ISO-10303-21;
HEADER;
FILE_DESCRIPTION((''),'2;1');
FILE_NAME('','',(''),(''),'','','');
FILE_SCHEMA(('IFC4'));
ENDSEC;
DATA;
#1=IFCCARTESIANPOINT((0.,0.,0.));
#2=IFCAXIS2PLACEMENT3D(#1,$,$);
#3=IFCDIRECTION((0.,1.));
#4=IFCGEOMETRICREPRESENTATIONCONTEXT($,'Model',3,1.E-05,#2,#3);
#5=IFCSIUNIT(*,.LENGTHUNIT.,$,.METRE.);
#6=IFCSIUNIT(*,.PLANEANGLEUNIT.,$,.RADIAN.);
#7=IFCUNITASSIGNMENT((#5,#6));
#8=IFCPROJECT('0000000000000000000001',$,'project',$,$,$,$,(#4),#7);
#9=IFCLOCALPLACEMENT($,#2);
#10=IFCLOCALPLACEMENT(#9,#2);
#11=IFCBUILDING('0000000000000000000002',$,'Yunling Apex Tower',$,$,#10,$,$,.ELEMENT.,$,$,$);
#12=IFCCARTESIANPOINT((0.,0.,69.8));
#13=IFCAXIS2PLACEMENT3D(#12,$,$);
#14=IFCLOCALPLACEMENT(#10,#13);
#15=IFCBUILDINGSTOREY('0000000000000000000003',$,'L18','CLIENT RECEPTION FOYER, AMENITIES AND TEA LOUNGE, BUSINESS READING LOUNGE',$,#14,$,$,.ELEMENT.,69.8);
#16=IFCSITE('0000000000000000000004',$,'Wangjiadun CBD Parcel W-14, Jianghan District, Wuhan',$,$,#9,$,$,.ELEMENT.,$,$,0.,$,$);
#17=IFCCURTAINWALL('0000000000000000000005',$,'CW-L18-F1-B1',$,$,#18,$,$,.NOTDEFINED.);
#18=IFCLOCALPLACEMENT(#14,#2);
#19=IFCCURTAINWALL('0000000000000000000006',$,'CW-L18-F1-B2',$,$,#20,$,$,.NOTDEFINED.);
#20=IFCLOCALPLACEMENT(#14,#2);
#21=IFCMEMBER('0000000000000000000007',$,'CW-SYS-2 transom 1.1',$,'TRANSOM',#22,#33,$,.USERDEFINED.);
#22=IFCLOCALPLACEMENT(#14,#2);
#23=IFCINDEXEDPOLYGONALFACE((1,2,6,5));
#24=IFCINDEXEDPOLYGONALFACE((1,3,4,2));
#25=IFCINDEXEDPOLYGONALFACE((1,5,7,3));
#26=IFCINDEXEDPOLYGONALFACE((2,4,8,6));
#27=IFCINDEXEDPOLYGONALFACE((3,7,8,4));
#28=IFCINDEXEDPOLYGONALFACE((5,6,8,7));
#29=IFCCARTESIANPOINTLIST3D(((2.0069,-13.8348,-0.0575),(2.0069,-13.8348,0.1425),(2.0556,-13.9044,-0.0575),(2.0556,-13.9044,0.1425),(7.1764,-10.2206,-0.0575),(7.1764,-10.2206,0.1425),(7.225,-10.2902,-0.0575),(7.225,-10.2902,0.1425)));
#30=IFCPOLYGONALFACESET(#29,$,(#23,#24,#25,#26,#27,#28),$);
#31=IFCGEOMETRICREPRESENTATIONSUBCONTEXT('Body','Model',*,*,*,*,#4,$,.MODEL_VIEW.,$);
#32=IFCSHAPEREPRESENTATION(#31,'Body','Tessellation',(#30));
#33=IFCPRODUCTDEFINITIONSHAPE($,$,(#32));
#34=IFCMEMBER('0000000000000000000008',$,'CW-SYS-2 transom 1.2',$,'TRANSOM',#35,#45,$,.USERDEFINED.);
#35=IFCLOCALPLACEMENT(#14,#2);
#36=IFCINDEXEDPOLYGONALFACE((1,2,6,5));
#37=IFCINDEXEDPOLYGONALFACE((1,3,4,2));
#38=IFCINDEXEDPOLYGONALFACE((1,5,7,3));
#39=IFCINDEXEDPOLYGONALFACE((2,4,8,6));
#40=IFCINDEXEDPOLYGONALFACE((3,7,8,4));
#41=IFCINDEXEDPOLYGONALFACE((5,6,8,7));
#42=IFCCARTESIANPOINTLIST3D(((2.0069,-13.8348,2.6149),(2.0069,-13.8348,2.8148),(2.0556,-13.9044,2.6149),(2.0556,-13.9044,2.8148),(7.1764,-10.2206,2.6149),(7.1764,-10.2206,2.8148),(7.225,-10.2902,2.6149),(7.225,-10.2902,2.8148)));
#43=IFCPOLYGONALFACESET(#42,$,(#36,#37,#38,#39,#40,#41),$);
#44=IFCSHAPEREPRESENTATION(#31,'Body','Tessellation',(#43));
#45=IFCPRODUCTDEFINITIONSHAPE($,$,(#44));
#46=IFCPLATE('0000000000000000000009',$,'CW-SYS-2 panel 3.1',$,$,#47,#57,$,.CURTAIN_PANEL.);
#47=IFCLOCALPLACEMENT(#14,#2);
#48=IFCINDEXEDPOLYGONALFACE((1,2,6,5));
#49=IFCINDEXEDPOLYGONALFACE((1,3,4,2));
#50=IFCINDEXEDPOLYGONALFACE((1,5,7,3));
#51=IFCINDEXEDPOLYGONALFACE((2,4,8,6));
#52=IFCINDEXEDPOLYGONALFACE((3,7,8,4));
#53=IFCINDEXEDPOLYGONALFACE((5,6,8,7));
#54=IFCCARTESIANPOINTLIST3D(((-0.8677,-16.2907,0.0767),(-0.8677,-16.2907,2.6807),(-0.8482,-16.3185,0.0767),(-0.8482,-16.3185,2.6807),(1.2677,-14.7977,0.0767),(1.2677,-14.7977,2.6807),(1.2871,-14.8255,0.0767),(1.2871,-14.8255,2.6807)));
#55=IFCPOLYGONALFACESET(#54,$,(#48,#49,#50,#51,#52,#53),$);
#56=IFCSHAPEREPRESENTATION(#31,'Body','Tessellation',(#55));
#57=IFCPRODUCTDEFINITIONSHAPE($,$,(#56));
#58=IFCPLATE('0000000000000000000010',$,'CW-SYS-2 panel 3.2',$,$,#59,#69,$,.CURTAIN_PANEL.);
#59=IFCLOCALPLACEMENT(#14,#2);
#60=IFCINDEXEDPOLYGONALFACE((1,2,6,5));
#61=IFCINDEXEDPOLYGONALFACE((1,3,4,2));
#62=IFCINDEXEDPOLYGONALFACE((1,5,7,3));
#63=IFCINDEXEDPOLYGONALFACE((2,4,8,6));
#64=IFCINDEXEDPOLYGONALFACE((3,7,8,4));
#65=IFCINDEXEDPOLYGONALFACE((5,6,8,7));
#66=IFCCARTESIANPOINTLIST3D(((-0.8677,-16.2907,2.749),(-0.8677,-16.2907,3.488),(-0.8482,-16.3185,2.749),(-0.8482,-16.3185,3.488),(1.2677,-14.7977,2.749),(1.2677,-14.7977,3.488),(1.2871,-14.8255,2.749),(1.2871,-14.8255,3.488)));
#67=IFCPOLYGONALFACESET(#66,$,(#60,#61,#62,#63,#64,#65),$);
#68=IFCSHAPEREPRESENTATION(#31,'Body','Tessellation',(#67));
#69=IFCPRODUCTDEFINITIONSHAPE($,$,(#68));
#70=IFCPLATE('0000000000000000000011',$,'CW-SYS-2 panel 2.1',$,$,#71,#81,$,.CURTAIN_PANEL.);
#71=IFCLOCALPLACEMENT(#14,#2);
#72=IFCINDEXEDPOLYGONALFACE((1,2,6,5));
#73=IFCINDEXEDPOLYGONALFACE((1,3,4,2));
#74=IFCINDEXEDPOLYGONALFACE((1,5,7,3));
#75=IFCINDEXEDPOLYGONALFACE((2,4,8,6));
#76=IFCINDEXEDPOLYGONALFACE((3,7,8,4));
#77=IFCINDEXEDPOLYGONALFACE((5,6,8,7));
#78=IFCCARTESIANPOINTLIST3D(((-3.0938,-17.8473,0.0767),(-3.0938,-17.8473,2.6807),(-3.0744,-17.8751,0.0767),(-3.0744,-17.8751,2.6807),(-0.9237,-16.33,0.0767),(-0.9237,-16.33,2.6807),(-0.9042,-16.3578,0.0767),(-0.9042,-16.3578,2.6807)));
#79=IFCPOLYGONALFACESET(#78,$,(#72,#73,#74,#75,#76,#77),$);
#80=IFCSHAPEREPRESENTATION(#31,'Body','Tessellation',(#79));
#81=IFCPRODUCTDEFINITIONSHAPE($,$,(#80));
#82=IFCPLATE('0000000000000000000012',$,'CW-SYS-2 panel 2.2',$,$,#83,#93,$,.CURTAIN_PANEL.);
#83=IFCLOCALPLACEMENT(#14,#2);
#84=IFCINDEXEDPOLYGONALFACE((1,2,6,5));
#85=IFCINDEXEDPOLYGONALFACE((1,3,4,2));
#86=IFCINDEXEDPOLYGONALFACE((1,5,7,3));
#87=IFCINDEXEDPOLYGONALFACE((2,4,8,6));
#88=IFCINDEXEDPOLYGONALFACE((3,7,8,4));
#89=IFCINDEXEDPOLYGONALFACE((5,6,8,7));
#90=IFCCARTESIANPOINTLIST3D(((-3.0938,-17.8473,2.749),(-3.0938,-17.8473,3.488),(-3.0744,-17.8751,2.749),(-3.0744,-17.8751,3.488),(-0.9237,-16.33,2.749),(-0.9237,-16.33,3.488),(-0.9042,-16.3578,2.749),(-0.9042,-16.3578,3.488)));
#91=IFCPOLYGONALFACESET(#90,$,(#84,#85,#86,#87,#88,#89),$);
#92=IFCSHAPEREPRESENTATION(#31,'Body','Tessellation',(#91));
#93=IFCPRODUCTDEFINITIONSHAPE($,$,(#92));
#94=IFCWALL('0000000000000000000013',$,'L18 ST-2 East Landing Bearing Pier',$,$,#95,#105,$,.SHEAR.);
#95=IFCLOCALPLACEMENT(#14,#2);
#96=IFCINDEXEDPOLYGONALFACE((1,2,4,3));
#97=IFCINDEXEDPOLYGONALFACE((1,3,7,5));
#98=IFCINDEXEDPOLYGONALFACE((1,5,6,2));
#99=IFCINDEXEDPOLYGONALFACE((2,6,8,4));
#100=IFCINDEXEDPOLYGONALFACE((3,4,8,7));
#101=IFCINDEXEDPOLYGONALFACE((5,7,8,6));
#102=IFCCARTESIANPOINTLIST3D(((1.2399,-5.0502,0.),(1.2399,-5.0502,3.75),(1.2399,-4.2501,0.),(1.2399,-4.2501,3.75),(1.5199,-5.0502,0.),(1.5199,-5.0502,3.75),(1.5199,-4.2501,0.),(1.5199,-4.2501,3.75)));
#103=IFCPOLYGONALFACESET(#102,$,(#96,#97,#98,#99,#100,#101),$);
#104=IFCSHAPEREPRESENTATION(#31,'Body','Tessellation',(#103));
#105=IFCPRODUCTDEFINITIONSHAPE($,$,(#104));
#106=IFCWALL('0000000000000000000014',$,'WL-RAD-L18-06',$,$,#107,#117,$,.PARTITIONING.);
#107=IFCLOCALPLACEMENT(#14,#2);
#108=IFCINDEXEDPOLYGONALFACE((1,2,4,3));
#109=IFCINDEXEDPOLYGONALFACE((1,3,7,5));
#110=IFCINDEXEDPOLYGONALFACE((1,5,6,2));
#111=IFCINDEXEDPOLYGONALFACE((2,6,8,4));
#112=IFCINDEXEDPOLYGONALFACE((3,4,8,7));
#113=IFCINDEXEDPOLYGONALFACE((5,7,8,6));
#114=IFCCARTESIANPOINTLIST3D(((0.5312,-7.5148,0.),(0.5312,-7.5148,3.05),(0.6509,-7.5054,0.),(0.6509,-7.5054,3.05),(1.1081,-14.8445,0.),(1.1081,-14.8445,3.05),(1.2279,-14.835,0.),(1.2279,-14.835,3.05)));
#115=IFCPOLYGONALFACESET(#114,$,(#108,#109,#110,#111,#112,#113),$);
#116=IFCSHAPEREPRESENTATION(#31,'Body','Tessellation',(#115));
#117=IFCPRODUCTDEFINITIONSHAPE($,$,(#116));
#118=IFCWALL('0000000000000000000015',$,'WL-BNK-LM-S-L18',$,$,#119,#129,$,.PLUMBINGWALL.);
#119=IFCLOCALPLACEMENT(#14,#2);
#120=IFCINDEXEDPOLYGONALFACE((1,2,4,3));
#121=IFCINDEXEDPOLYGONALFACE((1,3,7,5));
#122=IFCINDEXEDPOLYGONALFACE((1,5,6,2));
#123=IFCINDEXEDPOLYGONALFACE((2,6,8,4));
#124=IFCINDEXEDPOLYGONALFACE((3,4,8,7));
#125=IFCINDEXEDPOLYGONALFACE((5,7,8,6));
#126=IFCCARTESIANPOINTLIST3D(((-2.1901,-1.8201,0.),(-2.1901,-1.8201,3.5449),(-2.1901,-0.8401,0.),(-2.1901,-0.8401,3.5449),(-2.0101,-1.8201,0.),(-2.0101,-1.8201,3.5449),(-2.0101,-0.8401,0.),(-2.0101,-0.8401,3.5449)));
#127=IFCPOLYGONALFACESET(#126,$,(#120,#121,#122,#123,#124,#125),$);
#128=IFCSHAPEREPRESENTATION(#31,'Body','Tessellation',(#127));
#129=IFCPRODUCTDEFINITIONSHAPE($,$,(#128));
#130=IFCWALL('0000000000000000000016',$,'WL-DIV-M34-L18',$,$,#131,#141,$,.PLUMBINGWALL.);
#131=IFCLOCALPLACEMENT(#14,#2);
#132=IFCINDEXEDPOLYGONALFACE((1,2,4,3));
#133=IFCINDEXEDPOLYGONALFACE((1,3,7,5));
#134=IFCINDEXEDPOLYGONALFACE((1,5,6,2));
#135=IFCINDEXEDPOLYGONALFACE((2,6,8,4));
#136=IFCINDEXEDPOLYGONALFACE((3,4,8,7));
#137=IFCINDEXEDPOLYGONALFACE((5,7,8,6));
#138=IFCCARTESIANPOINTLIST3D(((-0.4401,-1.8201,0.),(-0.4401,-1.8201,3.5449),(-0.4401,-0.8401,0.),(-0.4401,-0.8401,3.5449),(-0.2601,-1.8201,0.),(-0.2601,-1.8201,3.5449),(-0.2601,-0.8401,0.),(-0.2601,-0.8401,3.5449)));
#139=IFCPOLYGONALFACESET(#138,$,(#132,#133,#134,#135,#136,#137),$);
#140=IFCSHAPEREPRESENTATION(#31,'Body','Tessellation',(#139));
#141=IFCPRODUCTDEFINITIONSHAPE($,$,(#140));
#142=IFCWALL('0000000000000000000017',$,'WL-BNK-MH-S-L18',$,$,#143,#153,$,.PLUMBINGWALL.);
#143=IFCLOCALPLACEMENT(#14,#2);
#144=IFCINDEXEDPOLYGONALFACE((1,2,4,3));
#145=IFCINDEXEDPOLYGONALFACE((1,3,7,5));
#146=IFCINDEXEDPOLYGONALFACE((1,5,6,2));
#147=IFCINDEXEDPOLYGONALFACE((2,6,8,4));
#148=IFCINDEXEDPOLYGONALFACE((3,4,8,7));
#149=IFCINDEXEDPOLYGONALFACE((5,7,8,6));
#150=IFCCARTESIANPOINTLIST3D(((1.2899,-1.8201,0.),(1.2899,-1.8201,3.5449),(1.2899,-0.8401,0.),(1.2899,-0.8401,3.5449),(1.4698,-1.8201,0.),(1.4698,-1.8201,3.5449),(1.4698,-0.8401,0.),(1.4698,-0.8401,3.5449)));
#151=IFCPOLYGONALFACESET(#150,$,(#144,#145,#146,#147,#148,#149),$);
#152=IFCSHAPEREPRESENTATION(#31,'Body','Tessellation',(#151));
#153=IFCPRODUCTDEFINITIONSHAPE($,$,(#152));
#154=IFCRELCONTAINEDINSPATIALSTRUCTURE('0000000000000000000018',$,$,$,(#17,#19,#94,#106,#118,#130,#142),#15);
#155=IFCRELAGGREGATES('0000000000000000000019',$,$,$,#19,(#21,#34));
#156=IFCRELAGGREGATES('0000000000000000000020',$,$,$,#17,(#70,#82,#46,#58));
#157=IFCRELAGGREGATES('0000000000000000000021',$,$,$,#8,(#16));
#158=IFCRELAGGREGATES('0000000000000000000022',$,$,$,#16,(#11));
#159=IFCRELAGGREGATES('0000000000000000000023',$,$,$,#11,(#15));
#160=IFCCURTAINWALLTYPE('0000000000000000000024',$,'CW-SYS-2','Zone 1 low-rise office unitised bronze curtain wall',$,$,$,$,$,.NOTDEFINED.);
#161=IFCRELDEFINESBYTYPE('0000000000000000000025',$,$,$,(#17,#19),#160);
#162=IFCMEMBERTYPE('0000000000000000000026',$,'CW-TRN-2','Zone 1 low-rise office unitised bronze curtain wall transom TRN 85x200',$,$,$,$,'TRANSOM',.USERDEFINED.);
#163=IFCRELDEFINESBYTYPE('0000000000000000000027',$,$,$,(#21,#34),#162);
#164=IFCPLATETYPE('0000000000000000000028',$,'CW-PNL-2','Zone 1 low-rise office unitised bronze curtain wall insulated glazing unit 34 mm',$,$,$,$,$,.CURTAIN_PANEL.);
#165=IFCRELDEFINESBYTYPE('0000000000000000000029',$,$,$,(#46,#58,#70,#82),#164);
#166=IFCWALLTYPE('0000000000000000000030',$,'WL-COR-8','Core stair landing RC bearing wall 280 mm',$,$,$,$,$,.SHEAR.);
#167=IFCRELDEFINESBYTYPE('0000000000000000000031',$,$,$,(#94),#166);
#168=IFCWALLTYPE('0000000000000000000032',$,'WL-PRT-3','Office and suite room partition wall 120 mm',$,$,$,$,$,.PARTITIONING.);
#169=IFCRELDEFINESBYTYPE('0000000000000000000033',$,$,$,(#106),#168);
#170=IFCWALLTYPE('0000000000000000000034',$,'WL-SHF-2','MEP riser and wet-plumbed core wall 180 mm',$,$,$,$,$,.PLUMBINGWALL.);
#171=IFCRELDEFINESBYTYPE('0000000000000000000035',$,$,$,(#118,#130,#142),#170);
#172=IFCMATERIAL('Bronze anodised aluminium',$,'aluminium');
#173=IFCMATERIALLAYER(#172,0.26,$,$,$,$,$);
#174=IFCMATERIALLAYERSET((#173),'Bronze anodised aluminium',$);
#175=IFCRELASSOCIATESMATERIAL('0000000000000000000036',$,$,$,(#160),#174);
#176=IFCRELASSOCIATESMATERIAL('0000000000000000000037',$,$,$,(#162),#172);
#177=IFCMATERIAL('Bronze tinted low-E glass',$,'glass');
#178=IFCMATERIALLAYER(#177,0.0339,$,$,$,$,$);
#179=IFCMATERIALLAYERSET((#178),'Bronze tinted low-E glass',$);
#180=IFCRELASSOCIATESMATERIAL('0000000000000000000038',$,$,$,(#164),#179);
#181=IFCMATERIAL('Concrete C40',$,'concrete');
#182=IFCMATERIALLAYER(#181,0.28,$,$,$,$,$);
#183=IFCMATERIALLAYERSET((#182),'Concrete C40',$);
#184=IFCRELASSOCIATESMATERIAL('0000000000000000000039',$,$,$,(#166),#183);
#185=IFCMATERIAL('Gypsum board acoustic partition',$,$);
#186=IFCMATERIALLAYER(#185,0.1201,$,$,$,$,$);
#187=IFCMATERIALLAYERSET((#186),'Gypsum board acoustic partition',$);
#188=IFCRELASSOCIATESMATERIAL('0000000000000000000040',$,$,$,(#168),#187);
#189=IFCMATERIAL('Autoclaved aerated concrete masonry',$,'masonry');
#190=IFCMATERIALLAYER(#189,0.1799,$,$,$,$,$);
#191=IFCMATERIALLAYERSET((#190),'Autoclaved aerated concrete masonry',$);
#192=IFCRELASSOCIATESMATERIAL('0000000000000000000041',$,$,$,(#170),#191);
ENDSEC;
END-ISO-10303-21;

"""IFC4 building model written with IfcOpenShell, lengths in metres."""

from ifc_helpers import new_model, si_unit, direction, frame, frame_2d, origin, origin_2d, place, context, subcontext, project, spatial, rectangle, extrude, source, transform, mapped, material, layer, layer_set, material_profile, profile_set, type_object, element, aggregate, save


model = new_model("IFC4")

# Units and contexts
model_context = context("Model", 3, precision=1e-05, world=origin(), true_north=direction((0.0, 1.0)))
body_context = subcontext(model_context, "Body", "Model", "MODEL_VIEW")
ifc_project = project(units=[si_unit("LENGTHUNIT", "METRE"), si_unit("PLANEANGLEUNIT", "RADIAN")], contexts=[model_context])

# Site, building, storey
site_placement = place(None, origin())
site = spatial("IfcSite", under=ifc_project, at=site_placement, Name="Wangjiadun CBD Parcel W-14, Jianghan District, Wuhan", CompositionType="ELEMENT", RefElevation=0.0)
building_placement = place(site_placement, origin())
building = spatial("IfcBuilding", under=site, at=building_placement, Name="Yunling Apex Tower", CompositionType="ELEMENT")
storey_placement = place(building_placement, frame((0.0, 0.0, 69.8)))
storey = spatial("IfcBuildingStorey", under=building, at=storey_placement, Name="L18", Description="CLIENT RECEPTION FOYER, AMENITIES AND TEA LOUNGE, BUSINESS READING LOUNGE", CompositionType="ELEMENT", Elevation=69.8)

# Curtain wall
ifc_material_1 = material(Name="Bronze anodised aluminium", Category="aluminium")
ifc_layer_1 = layer(ifc_material_1, 0.26)
ifc_layer_set_1 = layer_set([ifc_layer_1], Name="Bronze anodised aluminium")
curtain_wall_type = type_object("IfcCurtainWallType", Name="CW-SYS-2", Description="Zone 1 low-rise office unitised bronze curtain wall", PredefinedType="NOTDEFINED", material=ifc_layer_set_1)
curtain_wall_1_placement = place(storey_placement, origin())
curtain_wall_1 = element("IfcCurtainWall", 1, at=curtain_wall_1_placement, inside=storey, type_object=curtain_wall_type, Name="CW-L18-F1-B1", PredefinedType="NOTDEFINED")

# Curtain wall
curtain_wall_2_placement = place(storey_placement, origin())
curtain_wall_2 = element("IfcCurtainWall", 2, at=curtain_wall_2_placement, inside=storey, type_object=curtain_wall_type, Name="CW-L18-F1-B2", PredefinedType="NOTDEFINED")

# Members
ifc_material_profile_1 = material_profile(ifc_material_1, rectangle(XDim=0.085, YDim=0.2, at=origin_2d()))
ifc_profile_set_1 = profile_set([ifc_material_profile_1], Name="Bronze anodised aluminium")
member_type_1 = type_object("IfcMemberType", Name="CW-TRN-2", Description="Zone 1 low-rise office unitised bronze curtain wall transom TRN 85x200", ElementType="TRANSOM", PredefinedType="USERDEFINED", material=ifc_profile_set_1)
shared_shape_1 = source(origin(), body_context, "Body", "SweptSolid", [
    extrude(rectangle(XDim=0.085, YDim=0.2, at=origin_2d()), origin(), (0.0, 0.0, 1.0), 6.3076),
])
member_1_placement = place(storey_placement, frame((2.0312, -13.8696, 0.0425), z_axis=(0.819555, 0.573, 0.0), x_axis=(-0.573, 0.819555, 0.0)))
member_1 = element("IfcMember", 3, at=member_1_placement, type_object=member_type_1, Name="CW-SYS-2 transom 1.1", ObjectType="TRANSOM", PredefinedType="USERDEFINED", context=body_context, shape_type="MappedRepresentation", body=[
    mapped(shared_shape_1, transform((0.0, 0.0, 0.0), scale=1.0)),
])
member_2_placement = place(storey_placement, frame((2.0312, -13.8696, 2.7148), z_axis=(0.819555, 0.573, 0.0), x_axis=(-0.573, 0.819555, 0.0)))
member_2 = element("IfcMember", 4, at=member_2_placement, type_object=member_type_1, Name="CW-SYS-2 transom 1.2", ObjectType="TRANSOM", PredefinedType="USERDEFINED", context=body_context, shape_type="MappedRepresentation", body=[
    mapped(shared_shape_1, transform((0.0, 0.0, 0.0), scale=1.0)),
])
aggregate(curtain_wall_2, [member_1, member_2])

# Plates
ifc_material_2 = material(Name="Bronze tinted low-E glass", Category="glass")
ifc_layer_2 = layer(ifc_material_2, 0.0339)
ifc_layer_set_2 = layer_set([ifc_layer_2], Name="Bronze tinted low-E glass")
plate_type = type_object("IfcPlateType", Name="CW-PNL-2", Description="Zone 1 low-rise office unitised bronze curtain wall insulated glazing unit 34 mm", PredefinedType="CURTAIN_PANEL", material=ifc_layer_set_2)
shared_shape_2 = source(origin(), body_context, "Body", "SweptSolid", [
    extrude(rectangle(XDim=2.6055, YDim=0.0339, at=origin_2d()), origin(), (0.0, 0.0, 1.0), 2.604),
])
plate_1_placement = place(storey_placement, frame((0.2097, -15.5581, 0.0767), z_axis=(0.0, 0.0, 1.0), x_axis=(0.819552, 0.573004, 0.0)))
plate_1 = element("IfcPlate", 5, at=plate_1_placement, type_object=plate_type, Name="CW-SYS-2 panel 3.1", PredefinedType="CURTAIN_PANEL", context=body_context, shape_type="MappedRepresentation", body=[
    mapped(shared_shape_2, transform((0.0, 0.0, 0.0), scale=1.0)),
])
shared_shape_3 = source(origin(), body_context, "Body", "SweptSolid", [
    extrude(rectangle(XDim=2.6055, YDim=0.0339, at=origin_2d()), origin(), (0.0, 0.0, 1.0), 0.739),
])
plate_2_placement = place(storey_placement, frame((0.2097, -15.5581, 2.749), z_axis=(0.0, 0.0, 1.0), x_axis=(0.819552, 0.573004, 0.0)))
plate_2 = element("IfcPlate", 6, at=plate_2_placement, type_object=plate_type, Name="CW-SYS-2 panel 3.2", PredefinedType="CURTAIN_PANEL", context=body_context, shape_type="MappedRepresentation", body=[
    mapped(shared_shape_3, transform((0.0, 0.0, 0.0), scale=1.0)),
])
shared_shape_4 = source(origin(), body_context, "Body", "SweptSolid", [
    extrude(rectangle(XDim=2.6479, YDim=0.0339, at=origin_2d()), origin(), (0.0, 0.0, 1.0), 2.604),
])
plate_3_placement = place(storey_placement, frame((-1.999, -17.1025, 0.0767), z_axis=(0.0, 0.0, 1.0), x_axis=(0.819552, 0.573004, 0.0)))
plate_3 = element("IfcPlate", 7, at=plate_3_placement, type_object=plate_type, Name="CW-SYS-2 panel 2.1", PredefinedType="CURTAIN_PANEL", context=body_context, shape_type="MappedRepresentation", body=[
    mapped(shared_shape_4, transform((0.0, 0.0, 0.0), scale=1.0)),
])
shared_shape_5 = source(origin(), body_context, "Body", "SweptSolid", [
    extrude(rectangle(XDim=2.6479, YDim=0.0339, at=origin_2d()), origin(), (0.0, 0.0, 1.0), 0.739),
])
plate_4_placement = place(storey_placement, frame((-1.999, -17.1025, 2.749), z_axis=(0.0, 0.0, 1.0), x_axis=(0.819552, 0.573004, 0.0)))
plate_4 = element("IfcPlate", 8, at=plate_4_placement, type_object=plate_type, Name="CW-SYS-2 panel 2.2", PredefinedType="CURTAIN_PANEL", context=body_context, shape_type="MappedRepresentation", body=[
    mapped(shared_shape_5, transform((0.0, 0.0, 0.0), scale=1.0)),
])
aggregate(curtain_wall_1, [plate_3, plate_4, plate_1, plate_2])

# Walls
ifc_material_3 = material(Name="Concrete C40", Category="concrete")
ifc_layer_3 = layer(ifc_material_3, 0.28)
ifc_layer_set_3 = layer_set([ifc_layer_3], Name="Concrete C40")
wall_type_1 = type_object("IfcWallType", Name="WL-COR-8", Description="Core stair landing RC bearing wall 280 mm", PredefinedType="SHEAR", material=ifc_layer_set_3)
wall_1_placement = place(storey_placement, frame((1.3799, -5.05, 0.0), z_axis=(0.0, 0.0, 1.0), x_axis=(0.0, 1.0, 0.0)))
element("IfcWall", 9, at=wall_1_placement, inside=storey, type_object=wall_type_1, Name="L18 ST-2 East Landing Bearing Pier", PredefinedType="SHEAR", context=body_context, shape_type="SweptSolid", body=[
    extrude(rectangle(XDim=0.8, YDim=0.28, at=frame_2d((0.3999, 0.0))), origin(), (0.0, 0.0, 1.0), 3.75),
])
ifc_material_4 = material(Name="Gypsum board acoustic partition")
ifc_layer_4 = layer(ifc_material_4, 0.1201)
ifc_layer_set_4 = layer_set([ifc_layer_4], Name="Gypsum board acoustic partition")
wall_type_2 = type_object("IfcWallType", Name="WL-PRT-3", Description="Office and suite room partition wall 120 mm", PredefinedType="PARTITIONING", material=ifc_layer_set_4)
wall_2_placement = place(storey_placement, frame((0.5911, -7.51, 0.0), z_axis=(0.0, 0.0, 1.0), x_axis=(0.078466, -0.996917, 0.0)))
element("IfcWall", 10, at=wall_2_placement, inside=storey, type_object=wall_type_2, Name="WL-RAD-L18-06", PredefinedType="PARTITIONING", context=body_context, shape_type="SweptSolid", body=[
    extrude(rectangle(XDim=7.3523, YDim=0.1201, at=frame_2d((3.6763, 0.0))), origin(), (0.0, 0.0, 1.0), 3.05),
])

# Shared definitions
ifc_material_5 = material(Name="Autoclaved aerated concrete masonry", Category="masonry")

# Walls
ifc_layer_5 = layer(ifc_material_5, 0.1799)
ifc_layer_set_5 = layer_set([ifc_layer_5], Name="Autoclaved aerated concrete masonry")
wall_type_3 = type_object("IfcWallType", Name="WL-SHF-2", Description="MEP riser and wet-plumbed core wall 180 mm", PredefinedType="PLUMBINGWALL", material=ifc_layer_set_5)
for number, where, z_axis, x_axis, name in (
    (11, (-2.1001, -1.8201, 0.0), (0.0, 0.0, 1.0), (0.0, 1.0, 0.0), "WL-BNK-LM-S-L18"),
    (12, (-0.3501, -1.8201, 0.0), (0.0, 0.0, 1.0), (0.0, 1.0, 0.0), "WL-DIV-M34-L18"),
    (13, (1.3799, -1.8201, 0.0), (0.0, 0.0, 1.0), (0.0, 1.0, 0.0), "WL-BNK-MH-S-L18"),
):
    element("IfcWall", number, at=place(storey_placement, frame(where, z_axis=z_axis, x_axis=x_axis)), inside=storey, type_object=wall_type_3, Name=name, PredefinedType="PLUMBINGWALL", context=body_context, shape_type="SweptSolid", body=[
        extrude(rectangle(XDim=0.98, YDim=0.1799, at=frame_2d((0.49, 0.0))), origin(), (0.0, 0.0, 1.0), 3.5449),
    ])

save(model, "model.ifc")
